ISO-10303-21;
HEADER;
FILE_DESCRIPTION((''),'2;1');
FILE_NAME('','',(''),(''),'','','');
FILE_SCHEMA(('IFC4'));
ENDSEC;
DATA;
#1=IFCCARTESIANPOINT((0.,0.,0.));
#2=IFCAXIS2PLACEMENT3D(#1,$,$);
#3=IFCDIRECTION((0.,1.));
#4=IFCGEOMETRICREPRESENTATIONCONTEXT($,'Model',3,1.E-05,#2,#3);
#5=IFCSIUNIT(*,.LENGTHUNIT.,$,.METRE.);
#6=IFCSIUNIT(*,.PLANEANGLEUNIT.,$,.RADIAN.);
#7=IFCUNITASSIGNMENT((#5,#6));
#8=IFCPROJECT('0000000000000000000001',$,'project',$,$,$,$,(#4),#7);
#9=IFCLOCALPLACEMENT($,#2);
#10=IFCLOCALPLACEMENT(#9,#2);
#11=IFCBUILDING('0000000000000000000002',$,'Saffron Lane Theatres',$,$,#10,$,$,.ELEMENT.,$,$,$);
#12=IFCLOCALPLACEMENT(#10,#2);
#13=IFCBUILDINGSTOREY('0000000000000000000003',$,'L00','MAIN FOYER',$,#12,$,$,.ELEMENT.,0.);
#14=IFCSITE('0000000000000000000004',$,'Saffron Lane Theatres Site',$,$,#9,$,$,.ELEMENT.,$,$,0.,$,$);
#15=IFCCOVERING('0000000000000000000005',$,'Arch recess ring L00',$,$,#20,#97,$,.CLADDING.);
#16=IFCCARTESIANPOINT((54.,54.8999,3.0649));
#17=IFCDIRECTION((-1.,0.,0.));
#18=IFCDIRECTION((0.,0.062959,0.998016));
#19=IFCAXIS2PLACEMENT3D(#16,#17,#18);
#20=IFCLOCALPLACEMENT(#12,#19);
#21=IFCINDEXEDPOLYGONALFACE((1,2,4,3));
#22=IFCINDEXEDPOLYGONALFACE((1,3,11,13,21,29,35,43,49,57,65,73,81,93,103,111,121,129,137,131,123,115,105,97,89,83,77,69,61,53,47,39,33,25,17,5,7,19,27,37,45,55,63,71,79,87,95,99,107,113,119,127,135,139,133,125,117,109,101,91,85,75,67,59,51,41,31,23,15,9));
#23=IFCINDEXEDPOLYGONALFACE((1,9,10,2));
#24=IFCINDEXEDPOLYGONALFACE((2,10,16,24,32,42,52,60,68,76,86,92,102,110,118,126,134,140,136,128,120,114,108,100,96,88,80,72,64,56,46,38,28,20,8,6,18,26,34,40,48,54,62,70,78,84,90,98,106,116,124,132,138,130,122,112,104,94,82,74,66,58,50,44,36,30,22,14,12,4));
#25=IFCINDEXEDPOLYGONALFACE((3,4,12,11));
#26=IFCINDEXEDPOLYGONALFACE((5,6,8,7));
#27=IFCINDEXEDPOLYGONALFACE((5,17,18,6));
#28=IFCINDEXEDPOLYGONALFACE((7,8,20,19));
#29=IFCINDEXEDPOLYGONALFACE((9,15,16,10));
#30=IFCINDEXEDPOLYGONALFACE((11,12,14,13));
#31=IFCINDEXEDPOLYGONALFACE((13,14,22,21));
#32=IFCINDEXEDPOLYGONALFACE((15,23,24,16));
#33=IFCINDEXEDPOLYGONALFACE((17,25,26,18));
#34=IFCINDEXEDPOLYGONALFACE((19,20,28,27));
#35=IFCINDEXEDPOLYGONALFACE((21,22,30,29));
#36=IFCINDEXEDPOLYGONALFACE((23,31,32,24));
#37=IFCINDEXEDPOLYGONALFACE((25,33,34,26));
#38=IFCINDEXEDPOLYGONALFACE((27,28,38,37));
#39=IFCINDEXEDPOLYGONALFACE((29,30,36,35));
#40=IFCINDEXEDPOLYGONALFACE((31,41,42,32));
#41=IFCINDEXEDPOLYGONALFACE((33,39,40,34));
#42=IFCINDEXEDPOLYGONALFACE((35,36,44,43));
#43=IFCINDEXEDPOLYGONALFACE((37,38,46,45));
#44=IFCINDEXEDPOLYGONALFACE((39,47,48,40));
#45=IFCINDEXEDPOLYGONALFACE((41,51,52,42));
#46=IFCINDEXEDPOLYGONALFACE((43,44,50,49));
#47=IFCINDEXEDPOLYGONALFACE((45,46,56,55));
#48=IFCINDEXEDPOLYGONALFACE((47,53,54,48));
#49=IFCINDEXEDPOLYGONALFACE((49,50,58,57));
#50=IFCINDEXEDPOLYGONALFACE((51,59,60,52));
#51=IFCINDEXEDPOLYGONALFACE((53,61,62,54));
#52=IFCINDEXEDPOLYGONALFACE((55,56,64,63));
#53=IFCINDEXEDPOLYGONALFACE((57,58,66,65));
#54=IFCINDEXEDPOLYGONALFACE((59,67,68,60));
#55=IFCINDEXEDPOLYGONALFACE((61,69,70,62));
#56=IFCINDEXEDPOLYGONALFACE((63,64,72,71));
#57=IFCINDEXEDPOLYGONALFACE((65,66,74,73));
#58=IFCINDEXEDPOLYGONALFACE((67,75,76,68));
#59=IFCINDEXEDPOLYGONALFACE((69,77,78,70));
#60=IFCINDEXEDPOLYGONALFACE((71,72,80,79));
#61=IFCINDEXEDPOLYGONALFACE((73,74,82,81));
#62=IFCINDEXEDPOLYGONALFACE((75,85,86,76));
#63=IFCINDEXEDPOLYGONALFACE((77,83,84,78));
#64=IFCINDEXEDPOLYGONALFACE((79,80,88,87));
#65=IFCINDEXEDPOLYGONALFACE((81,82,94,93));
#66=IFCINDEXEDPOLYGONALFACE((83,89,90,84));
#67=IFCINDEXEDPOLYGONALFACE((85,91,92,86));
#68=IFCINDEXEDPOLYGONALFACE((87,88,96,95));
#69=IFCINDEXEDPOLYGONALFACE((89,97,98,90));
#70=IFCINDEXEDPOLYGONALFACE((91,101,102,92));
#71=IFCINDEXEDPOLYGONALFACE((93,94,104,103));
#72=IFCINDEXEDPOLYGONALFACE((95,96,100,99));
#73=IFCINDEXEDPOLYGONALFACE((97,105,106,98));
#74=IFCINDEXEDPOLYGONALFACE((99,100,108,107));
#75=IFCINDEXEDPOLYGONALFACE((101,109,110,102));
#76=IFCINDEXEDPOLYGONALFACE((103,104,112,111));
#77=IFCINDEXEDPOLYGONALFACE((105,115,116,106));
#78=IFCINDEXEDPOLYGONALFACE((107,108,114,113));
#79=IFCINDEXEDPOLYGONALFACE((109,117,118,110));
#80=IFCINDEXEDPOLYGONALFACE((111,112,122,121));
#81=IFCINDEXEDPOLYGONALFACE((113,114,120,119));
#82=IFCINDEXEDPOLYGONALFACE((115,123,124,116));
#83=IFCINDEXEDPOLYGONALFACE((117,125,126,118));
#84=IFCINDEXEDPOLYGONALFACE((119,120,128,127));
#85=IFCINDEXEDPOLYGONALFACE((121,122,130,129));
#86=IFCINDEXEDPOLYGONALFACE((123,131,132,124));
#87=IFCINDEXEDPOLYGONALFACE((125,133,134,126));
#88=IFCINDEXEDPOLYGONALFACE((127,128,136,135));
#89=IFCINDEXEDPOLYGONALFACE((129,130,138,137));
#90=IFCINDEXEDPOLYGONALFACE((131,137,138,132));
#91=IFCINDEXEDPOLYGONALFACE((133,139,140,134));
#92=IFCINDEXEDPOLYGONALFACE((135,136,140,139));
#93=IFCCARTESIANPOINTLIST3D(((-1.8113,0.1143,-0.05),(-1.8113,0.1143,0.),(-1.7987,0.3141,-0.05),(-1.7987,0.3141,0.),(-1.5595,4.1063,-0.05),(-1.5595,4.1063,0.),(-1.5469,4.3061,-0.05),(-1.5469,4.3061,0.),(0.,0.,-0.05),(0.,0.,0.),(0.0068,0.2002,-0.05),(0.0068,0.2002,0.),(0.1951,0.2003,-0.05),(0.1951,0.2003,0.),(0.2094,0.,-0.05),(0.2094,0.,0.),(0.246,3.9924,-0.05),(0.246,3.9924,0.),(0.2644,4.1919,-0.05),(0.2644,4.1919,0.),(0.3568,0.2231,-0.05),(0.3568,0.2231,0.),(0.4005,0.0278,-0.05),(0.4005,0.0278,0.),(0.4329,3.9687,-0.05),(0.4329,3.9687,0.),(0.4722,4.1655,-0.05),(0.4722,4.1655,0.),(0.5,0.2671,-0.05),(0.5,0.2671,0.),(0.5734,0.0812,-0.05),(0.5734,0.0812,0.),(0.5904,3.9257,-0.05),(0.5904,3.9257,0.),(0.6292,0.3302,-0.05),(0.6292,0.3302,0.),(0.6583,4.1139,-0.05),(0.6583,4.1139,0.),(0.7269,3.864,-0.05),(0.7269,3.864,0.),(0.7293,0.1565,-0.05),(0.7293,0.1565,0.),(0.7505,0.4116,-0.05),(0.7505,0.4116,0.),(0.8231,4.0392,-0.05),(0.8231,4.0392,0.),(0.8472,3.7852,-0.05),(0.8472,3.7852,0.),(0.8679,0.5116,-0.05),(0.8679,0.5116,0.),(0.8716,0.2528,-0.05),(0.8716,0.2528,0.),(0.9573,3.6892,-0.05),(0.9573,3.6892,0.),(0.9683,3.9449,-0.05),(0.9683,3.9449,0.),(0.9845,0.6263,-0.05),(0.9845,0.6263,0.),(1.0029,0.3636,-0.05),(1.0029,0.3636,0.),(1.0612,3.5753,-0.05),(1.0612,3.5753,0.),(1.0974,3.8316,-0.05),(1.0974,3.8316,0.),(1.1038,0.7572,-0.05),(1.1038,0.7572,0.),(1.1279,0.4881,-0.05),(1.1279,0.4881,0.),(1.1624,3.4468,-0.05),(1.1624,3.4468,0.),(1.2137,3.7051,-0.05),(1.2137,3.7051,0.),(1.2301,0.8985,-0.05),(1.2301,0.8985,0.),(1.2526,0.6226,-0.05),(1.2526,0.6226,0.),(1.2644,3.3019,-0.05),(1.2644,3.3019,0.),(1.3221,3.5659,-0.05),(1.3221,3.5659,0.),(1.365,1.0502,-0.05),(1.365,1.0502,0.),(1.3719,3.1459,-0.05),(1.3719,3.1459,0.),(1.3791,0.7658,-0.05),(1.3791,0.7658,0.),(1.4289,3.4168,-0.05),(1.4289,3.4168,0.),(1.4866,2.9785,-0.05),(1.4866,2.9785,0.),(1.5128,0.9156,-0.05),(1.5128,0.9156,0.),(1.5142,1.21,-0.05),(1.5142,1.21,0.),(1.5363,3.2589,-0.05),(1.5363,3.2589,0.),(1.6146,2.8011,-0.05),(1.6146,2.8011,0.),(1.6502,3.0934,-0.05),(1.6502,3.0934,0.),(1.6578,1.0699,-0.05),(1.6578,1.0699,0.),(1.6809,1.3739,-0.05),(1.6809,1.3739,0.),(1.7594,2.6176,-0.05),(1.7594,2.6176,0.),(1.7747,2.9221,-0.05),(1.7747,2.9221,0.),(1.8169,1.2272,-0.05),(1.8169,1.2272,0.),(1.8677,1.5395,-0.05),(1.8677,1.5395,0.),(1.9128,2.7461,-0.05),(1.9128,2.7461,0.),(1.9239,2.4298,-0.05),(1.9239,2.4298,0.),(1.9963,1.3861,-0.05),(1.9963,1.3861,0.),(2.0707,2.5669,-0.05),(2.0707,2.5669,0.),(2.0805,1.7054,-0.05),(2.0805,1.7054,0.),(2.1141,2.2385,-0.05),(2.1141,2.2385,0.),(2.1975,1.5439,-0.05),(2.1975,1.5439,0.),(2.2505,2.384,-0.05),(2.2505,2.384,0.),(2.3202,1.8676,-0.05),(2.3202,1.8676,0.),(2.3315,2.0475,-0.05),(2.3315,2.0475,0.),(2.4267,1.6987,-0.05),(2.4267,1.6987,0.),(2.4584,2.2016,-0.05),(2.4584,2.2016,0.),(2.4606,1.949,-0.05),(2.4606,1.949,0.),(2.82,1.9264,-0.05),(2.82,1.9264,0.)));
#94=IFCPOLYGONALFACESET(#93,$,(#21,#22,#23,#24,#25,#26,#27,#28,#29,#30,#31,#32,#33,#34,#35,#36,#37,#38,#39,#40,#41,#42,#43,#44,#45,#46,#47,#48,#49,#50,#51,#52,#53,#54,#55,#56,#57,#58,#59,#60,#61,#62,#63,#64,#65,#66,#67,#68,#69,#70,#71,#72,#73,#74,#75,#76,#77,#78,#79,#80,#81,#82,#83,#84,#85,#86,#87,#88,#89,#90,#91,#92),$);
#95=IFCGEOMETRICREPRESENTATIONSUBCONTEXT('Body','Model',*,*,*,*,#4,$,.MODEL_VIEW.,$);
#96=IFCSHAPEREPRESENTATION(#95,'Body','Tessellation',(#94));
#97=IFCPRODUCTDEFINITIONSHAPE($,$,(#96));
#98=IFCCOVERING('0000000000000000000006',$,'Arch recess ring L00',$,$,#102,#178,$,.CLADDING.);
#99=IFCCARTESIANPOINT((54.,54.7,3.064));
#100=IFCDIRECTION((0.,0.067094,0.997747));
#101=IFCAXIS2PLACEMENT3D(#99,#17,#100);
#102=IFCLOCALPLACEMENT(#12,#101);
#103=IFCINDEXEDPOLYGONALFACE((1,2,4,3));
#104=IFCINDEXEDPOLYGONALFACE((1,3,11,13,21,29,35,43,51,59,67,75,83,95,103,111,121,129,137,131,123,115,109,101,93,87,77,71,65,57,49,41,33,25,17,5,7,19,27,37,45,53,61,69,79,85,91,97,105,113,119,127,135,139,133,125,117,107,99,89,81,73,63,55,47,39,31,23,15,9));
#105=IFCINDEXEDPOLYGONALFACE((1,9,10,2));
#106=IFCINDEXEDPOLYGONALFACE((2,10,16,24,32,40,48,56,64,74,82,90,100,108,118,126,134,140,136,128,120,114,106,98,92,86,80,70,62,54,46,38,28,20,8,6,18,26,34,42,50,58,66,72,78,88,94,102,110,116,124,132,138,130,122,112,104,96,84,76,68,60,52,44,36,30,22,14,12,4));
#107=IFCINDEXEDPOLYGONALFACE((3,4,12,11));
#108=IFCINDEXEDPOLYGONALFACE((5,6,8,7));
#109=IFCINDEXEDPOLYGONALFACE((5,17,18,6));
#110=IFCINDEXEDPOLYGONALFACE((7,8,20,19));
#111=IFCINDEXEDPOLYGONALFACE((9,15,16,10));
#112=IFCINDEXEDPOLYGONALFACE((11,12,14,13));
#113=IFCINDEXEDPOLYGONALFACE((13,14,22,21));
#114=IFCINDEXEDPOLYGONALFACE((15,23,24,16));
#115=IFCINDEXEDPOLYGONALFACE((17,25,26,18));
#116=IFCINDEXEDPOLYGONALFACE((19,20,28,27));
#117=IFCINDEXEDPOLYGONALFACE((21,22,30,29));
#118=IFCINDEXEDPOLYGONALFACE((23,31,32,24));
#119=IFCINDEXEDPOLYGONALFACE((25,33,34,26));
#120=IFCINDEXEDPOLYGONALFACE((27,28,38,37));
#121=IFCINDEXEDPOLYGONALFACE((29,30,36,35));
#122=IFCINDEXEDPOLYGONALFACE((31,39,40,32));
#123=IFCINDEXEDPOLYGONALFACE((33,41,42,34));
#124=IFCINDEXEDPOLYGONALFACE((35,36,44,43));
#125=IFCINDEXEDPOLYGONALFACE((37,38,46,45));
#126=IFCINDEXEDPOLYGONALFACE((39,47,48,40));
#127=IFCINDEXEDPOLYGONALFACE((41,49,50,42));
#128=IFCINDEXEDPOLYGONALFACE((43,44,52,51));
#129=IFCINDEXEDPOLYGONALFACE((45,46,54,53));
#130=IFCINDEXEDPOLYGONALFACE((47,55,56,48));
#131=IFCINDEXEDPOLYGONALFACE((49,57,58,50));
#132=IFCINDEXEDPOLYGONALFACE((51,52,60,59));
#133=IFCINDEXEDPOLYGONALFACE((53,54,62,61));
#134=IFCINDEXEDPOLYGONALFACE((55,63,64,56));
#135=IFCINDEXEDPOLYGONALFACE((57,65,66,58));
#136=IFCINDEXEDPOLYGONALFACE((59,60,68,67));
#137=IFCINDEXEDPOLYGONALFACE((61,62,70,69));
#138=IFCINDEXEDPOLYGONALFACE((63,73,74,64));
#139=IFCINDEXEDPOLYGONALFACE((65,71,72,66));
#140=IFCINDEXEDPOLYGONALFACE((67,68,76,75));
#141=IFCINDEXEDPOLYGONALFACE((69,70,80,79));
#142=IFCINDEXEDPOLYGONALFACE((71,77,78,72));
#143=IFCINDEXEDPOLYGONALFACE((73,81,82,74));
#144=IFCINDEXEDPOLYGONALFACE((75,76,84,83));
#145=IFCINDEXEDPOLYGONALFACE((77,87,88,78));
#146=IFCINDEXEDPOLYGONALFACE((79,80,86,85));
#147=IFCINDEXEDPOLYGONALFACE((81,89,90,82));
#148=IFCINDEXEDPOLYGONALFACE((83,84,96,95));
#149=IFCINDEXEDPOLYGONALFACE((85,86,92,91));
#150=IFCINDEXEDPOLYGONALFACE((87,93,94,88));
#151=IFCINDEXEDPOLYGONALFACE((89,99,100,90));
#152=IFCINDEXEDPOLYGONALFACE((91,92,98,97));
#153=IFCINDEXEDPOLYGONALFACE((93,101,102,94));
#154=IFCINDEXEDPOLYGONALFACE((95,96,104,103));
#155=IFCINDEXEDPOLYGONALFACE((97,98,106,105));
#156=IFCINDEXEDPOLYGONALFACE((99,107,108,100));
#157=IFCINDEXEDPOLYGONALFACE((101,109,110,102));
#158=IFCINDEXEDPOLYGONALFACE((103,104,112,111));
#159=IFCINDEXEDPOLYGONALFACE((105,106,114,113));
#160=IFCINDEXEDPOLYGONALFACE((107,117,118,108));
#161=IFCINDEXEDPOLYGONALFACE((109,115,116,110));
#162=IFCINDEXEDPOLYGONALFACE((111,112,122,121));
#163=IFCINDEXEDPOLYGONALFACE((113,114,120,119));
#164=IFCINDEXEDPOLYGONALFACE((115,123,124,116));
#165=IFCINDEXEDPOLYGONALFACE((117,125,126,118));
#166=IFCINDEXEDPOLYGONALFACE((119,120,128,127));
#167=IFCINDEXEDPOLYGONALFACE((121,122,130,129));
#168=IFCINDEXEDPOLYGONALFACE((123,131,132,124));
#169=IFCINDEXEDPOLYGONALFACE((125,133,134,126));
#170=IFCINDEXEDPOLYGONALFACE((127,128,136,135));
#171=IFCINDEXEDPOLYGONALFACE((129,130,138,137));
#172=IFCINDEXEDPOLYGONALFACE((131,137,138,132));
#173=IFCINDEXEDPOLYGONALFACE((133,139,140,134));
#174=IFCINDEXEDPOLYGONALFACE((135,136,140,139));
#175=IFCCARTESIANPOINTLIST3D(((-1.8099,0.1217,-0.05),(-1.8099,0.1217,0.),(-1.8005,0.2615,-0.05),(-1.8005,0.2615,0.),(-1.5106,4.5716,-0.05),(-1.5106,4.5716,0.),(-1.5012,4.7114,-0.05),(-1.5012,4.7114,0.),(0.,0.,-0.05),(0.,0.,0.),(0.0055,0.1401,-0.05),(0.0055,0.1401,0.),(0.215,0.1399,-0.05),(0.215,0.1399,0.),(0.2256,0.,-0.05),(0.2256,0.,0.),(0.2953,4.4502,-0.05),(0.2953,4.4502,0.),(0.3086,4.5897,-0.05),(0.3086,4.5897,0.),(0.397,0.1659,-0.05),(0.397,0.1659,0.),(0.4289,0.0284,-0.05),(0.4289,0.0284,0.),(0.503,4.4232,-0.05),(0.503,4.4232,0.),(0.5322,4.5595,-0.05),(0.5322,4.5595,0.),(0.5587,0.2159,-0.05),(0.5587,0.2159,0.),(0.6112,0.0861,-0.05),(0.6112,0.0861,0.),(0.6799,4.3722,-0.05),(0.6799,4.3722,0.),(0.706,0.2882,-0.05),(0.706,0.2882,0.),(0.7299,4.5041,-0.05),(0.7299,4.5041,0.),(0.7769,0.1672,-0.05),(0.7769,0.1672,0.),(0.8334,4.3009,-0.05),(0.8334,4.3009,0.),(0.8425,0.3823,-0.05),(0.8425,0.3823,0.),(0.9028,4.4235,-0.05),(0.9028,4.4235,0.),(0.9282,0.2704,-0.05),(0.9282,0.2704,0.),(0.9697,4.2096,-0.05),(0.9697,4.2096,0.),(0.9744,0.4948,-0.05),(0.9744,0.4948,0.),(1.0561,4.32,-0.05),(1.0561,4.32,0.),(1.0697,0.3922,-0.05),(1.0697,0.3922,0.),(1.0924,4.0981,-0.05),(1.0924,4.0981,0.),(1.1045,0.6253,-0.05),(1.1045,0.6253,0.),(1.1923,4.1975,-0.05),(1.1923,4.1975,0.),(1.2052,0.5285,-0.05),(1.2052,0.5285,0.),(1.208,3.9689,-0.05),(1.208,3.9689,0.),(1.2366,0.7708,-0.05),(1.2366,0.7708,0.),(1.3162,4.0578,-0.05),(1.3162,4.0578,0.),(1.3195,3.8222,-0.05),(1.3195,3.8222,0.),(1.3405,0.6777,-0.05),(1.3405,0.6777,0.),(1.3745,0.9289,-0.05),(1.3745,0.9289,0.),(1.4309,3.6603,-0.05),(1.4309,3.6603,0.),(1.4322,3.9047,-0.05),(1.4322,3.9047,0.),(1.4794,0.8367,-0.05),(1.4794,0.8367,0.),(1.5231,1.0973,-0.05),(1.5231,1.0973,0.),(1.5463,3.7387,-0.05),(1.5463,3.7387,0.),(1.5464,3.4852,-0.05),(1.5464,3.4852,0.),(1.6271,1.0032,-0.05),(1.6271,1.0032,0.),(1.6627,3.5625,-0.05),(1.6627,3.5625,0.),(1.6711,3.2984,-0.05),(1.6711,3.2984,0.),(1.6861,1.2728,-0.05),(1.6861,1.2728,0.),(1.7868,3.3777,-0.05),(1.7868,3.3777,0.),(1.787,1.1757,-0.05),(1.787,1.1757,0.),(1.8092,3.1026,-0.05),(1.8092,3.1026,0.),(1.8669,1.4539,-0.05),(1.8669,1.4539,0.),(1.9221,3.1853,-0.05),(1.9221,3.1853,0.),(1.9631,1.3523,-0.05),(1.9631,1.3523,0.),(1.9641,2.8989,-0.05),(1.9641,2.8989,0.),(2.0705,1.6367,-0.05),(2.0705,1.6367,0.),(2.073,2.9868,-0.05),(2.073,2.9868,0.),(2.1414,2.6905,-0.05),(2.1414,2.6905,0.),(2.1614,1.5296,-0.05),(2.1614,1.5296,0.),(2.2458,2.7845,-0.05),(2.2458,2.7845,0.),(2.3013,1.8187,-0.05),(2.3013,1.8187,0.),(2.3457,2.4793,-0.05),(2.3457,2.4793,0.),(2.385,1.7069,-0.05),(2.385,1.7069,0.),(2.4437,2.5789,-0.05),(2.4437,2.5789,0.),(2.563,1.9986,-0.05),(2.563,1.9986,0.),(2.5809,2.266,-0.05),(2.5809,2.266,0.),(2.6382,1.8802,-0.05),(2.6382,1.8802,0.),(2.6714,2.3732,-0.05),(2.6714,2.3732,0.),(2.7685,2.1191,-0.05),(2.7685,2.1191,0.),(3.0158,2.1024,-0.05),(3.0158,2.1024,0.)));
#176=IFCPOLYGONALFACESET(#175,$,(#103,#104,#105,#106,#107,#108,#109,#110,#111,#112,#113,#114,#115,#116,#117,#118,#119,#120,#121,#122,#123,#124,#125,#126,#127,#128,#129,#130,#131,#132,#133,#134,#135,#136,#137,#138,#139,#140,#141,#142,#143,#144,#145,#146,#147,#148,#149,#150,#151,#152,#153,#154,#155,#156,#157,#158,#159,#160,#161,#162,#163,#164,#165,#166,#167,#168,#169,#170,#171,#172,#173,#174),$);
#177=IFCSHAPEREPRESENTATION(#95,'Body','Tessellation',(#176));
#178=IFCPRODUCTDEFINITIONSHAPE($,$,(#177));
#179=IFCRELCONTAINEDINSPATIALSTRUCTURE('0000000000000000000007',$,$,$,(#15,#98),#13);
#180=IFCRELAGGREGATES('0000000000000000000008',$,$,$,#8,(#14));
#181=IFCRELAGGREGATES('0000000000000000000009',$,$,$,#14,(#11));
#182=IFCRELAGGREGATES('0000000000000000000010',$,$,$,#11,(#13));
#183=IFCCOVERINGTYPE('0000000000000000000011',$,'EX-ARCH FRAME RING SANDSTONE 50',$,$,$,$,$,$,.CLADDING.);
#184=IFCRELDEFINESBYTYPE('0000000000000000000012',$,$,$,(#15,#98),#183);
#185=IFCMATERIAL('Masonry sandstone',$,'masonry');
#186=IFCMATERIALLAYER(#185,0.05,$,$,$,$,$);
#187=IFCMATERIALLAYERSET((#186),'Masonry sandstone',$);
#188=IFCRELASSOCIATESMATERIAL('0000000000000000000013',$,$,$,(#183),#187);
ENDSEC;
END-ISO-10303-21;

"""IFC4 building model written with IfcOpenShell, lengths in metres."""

from ifc_helpers import new_model, si_unit, direction, frame, origin, place, context, subcontext, project, spatial, polyline, outline, extrude, material, layer, layer_set, type_object, element, save


model = new_model("IFC4")

# Units and contexts
model_context = context("Model", 3, precision=1e-05, world=origin(), true_north=direction((0.0, 1.0)))
body_context = subcontext(model_context, "Body", "Model", "MODEL_VIEW")
ifc_project = project(units=[si_unit("LENGTHUNIT", "METRE"), si_unit("PLANEANGLEUNIT", "RADIAN")], contexts=[model_context])

# Site, building, storey
site_placement = place(None, origin())
site = spatial("IfcSite", under=ifc_project, at=site_placement, Name="Saffron Lane Theatres Site", CompositionType="ELEMENT", RefElevation=0.0)
building_placement = place(site_placement, origin())
building = spatial("IfcBuilding", under=site, at=building_placement, Name="Saffron Lane Theatres", CompositionType="ELEMENT")
storey_placement = place(building_placement, origin())
storey = spatial("IfcBuildingStorey", under=building, at=storey_placement, Name="L00", Description="MAIN FOYER", CompositionType="ELEMENT", Elevation=0.0)

# Coverings
ifc_material_1 = material(Name="Masonry sandstone", Category="masonry")
ifc_layer_1 = layer(ifc_material_1, 0.05)
ifc_layer_set_1 = layer_set([ifc_layer_1], Name="Masonry sandstone")
covering_type_1 = type_object("IfcCoveringType", Name="EX-ARCH FRAME RING SANDSTONE 50", PredefinedType="CLADDING", material=ifc_layer_set_1)
covering_1_placement = place(storey_placement, frame((54.0, 54.8999, 3.0649), z_axis=(-1.0, 0.0, 0.0), x_axis=(0.0, 0.062959, 0.998016)))
element("IfcCovering", 1, at=covering_1_placement, inside=storey, type_object=covering_type_1, Name="Arch recess ring L00", PredefinedType="CLADDING", context=body_context, shape_type="SweptSolid", body=[
    extrude(outline(polyline([(0.0, 0.0), (0.2094, 0.0), (0.4005, 0.0278), (0.5734, 0.0812), (0.7293, 0.1565), (0.8716, 0.2528), (1.0029, 0.3636), (1.1279, 0.4881), (1.2526, 0.6226), (1.3791, 0.7658), (1.5128, 0.9156), (1.6578, 1.0699), (1.8169, 1.2272), (1.9963, 1.3861), (2.1975, 1.5439), (2.4267, 1.6987), (2.82, 1.9264), (2.4584, 2.2016), (2.2505, 2.384), (2.0707, 2.5669), (1.9128, 2.7461), (1.7747, 2.9221), (1.6502, 3.0934), (1.5363, 3.2589), (1.4289, 3.4168), (1.3221, 3.5659), (1.2137, 3.7051), (1.0974, 3.8316), (0.9683, 3.9449), (0.8231, 4.0392), (0.6583, 4.1139), (0.4722, 4.1655), (0.2644, 4.1919), (-1.5469, 4.3061), (-1.5595, 4.1063), (0.246, 3.9924), (0.4329, 3.9687), (0.5904, 3.9257), (0.7269, 3.864), (0.8472, 3.7852), (0.9573, 3.6892), (1.0612, 3.5753), (1.1624, 3.4468), (1.2644, 3.3019), (1.3719, 3.1459), (1.4866, 2.9785), (1.6146, 2.8011), (1.7594, 2.6176), (1.9239, 2.4298), (2.1141, 2.2385), (2.3315, 2.0475), (2.4606, 1.949), (2.3202, 1.8676), (2.0805, 1.7054), (1.8677, 1.5395), (1.6809, 1.3739), (1.5142, 1.21), (1.365, 1.0502), (1.2301, 0.8985), (1.1038, 0.7572), (0.9845, 0.6263), (0.8679, 0.5116), (0.7505, 0.4116), (0.6292, 0.3302), (0.5, 0.2671), (0.3568, 0.2231), (0.1951, 0.2003), (0.0068, 0.2002), (-1.7987, 0.3141), (-1.8113, 0.1143), (0.0, 0.0)])), origin(), (0.0, 0.0, -1.0), 0.05),
])
covering_2_placement = place(storey_placement, frame((54.0, 54.7, 3.064), z_axis=(-1.0, 0.0, 0.0), x_axis=(0.0, 0.067094, 0.997747)))
element("IfcCovering", 2, at=covering_2_placement, inside=storey, type_object=covering_type_1, Name="Arch recess ring L00", PredefinedType="CLADDING", context=body_context, shape_type="SweptSolid", body=[
    extrude(outline(polyline([(0.0, 0.0), (0.2256, 0.0), (0.4289, 0.0284), (0.6112, 0.0861), (0.7769, 0.1672), (0.9282, 0.2704), (1.0697, 0.3922), (1.2052, 0.5285), (1.3405, 0.6777), (1.4794, 0.8367), (1.6271, 1.0032), (1.787, 1.1757), (1.9631, 1.3523), (2.1614, 1.5296), (2.385, 1.7069), (2.6382, 1.8802), (3.0158, 2.1024), (2.6714, 2.3732), (2.4437, 2.5789), (2.2458, 2.7845), (2.073, 2.9868), (1.9221, 3.1853), (1.7868, 3.3777), (1.6627, 3.5625), (1.5463, 3.7387), (1.4322, 3.9047), (1.3162, 4.0578), (1.1923, 4.1975), (1.0561, 4.32), (0.9028, 4.4235), (0.7299, 4.5041), (0.5322, 4.5595), (0.3086, 4.5897), (-1.5012, 4.7114), (-1.5106, 4.5716), (0.2953, 4.4502), (0.503, 4.4232), (0.6799, 4.3722), (0.8334, 4.3009), (0.9697, 4.2096), (1.0924, 4.0981), (1.208, 3.9689), (1.3195, 3.8222), (1.4309, 3.6603), (1.5464, 3.4852), (1.6711, 3.2984), (1.8092, 3.1026), (1.9641, 2.8989), (2.1414, 2.6905), (2.3457, 2.4793), (2.5809, 2.266), (2.7685, 2.1191), (2.563, 1.9986), (2.3013, 1.8187), (2.0705, 1.6367), (1.8669, 1.4539), (1.6861, 1.2728), (1.5231, 1.0973), (1.3745, 0.9289), (1.2366, 0.7708), (1.1045, 0.6253), (0.9744, 0.4948), (0.8425, 0.3823), (0.706, 0.2882), (0.5587, 0.2159), (0.397, 0.1659), (0.215, 0.1399), (0.0055, 0.1401), (-1.8005, 0.2615), (-1.8099, 0.1217), (0.0, 0.0)])), origin(), (0.0, 0.0, -1.0), 0.05),
])

save(model, "model.ifc")
